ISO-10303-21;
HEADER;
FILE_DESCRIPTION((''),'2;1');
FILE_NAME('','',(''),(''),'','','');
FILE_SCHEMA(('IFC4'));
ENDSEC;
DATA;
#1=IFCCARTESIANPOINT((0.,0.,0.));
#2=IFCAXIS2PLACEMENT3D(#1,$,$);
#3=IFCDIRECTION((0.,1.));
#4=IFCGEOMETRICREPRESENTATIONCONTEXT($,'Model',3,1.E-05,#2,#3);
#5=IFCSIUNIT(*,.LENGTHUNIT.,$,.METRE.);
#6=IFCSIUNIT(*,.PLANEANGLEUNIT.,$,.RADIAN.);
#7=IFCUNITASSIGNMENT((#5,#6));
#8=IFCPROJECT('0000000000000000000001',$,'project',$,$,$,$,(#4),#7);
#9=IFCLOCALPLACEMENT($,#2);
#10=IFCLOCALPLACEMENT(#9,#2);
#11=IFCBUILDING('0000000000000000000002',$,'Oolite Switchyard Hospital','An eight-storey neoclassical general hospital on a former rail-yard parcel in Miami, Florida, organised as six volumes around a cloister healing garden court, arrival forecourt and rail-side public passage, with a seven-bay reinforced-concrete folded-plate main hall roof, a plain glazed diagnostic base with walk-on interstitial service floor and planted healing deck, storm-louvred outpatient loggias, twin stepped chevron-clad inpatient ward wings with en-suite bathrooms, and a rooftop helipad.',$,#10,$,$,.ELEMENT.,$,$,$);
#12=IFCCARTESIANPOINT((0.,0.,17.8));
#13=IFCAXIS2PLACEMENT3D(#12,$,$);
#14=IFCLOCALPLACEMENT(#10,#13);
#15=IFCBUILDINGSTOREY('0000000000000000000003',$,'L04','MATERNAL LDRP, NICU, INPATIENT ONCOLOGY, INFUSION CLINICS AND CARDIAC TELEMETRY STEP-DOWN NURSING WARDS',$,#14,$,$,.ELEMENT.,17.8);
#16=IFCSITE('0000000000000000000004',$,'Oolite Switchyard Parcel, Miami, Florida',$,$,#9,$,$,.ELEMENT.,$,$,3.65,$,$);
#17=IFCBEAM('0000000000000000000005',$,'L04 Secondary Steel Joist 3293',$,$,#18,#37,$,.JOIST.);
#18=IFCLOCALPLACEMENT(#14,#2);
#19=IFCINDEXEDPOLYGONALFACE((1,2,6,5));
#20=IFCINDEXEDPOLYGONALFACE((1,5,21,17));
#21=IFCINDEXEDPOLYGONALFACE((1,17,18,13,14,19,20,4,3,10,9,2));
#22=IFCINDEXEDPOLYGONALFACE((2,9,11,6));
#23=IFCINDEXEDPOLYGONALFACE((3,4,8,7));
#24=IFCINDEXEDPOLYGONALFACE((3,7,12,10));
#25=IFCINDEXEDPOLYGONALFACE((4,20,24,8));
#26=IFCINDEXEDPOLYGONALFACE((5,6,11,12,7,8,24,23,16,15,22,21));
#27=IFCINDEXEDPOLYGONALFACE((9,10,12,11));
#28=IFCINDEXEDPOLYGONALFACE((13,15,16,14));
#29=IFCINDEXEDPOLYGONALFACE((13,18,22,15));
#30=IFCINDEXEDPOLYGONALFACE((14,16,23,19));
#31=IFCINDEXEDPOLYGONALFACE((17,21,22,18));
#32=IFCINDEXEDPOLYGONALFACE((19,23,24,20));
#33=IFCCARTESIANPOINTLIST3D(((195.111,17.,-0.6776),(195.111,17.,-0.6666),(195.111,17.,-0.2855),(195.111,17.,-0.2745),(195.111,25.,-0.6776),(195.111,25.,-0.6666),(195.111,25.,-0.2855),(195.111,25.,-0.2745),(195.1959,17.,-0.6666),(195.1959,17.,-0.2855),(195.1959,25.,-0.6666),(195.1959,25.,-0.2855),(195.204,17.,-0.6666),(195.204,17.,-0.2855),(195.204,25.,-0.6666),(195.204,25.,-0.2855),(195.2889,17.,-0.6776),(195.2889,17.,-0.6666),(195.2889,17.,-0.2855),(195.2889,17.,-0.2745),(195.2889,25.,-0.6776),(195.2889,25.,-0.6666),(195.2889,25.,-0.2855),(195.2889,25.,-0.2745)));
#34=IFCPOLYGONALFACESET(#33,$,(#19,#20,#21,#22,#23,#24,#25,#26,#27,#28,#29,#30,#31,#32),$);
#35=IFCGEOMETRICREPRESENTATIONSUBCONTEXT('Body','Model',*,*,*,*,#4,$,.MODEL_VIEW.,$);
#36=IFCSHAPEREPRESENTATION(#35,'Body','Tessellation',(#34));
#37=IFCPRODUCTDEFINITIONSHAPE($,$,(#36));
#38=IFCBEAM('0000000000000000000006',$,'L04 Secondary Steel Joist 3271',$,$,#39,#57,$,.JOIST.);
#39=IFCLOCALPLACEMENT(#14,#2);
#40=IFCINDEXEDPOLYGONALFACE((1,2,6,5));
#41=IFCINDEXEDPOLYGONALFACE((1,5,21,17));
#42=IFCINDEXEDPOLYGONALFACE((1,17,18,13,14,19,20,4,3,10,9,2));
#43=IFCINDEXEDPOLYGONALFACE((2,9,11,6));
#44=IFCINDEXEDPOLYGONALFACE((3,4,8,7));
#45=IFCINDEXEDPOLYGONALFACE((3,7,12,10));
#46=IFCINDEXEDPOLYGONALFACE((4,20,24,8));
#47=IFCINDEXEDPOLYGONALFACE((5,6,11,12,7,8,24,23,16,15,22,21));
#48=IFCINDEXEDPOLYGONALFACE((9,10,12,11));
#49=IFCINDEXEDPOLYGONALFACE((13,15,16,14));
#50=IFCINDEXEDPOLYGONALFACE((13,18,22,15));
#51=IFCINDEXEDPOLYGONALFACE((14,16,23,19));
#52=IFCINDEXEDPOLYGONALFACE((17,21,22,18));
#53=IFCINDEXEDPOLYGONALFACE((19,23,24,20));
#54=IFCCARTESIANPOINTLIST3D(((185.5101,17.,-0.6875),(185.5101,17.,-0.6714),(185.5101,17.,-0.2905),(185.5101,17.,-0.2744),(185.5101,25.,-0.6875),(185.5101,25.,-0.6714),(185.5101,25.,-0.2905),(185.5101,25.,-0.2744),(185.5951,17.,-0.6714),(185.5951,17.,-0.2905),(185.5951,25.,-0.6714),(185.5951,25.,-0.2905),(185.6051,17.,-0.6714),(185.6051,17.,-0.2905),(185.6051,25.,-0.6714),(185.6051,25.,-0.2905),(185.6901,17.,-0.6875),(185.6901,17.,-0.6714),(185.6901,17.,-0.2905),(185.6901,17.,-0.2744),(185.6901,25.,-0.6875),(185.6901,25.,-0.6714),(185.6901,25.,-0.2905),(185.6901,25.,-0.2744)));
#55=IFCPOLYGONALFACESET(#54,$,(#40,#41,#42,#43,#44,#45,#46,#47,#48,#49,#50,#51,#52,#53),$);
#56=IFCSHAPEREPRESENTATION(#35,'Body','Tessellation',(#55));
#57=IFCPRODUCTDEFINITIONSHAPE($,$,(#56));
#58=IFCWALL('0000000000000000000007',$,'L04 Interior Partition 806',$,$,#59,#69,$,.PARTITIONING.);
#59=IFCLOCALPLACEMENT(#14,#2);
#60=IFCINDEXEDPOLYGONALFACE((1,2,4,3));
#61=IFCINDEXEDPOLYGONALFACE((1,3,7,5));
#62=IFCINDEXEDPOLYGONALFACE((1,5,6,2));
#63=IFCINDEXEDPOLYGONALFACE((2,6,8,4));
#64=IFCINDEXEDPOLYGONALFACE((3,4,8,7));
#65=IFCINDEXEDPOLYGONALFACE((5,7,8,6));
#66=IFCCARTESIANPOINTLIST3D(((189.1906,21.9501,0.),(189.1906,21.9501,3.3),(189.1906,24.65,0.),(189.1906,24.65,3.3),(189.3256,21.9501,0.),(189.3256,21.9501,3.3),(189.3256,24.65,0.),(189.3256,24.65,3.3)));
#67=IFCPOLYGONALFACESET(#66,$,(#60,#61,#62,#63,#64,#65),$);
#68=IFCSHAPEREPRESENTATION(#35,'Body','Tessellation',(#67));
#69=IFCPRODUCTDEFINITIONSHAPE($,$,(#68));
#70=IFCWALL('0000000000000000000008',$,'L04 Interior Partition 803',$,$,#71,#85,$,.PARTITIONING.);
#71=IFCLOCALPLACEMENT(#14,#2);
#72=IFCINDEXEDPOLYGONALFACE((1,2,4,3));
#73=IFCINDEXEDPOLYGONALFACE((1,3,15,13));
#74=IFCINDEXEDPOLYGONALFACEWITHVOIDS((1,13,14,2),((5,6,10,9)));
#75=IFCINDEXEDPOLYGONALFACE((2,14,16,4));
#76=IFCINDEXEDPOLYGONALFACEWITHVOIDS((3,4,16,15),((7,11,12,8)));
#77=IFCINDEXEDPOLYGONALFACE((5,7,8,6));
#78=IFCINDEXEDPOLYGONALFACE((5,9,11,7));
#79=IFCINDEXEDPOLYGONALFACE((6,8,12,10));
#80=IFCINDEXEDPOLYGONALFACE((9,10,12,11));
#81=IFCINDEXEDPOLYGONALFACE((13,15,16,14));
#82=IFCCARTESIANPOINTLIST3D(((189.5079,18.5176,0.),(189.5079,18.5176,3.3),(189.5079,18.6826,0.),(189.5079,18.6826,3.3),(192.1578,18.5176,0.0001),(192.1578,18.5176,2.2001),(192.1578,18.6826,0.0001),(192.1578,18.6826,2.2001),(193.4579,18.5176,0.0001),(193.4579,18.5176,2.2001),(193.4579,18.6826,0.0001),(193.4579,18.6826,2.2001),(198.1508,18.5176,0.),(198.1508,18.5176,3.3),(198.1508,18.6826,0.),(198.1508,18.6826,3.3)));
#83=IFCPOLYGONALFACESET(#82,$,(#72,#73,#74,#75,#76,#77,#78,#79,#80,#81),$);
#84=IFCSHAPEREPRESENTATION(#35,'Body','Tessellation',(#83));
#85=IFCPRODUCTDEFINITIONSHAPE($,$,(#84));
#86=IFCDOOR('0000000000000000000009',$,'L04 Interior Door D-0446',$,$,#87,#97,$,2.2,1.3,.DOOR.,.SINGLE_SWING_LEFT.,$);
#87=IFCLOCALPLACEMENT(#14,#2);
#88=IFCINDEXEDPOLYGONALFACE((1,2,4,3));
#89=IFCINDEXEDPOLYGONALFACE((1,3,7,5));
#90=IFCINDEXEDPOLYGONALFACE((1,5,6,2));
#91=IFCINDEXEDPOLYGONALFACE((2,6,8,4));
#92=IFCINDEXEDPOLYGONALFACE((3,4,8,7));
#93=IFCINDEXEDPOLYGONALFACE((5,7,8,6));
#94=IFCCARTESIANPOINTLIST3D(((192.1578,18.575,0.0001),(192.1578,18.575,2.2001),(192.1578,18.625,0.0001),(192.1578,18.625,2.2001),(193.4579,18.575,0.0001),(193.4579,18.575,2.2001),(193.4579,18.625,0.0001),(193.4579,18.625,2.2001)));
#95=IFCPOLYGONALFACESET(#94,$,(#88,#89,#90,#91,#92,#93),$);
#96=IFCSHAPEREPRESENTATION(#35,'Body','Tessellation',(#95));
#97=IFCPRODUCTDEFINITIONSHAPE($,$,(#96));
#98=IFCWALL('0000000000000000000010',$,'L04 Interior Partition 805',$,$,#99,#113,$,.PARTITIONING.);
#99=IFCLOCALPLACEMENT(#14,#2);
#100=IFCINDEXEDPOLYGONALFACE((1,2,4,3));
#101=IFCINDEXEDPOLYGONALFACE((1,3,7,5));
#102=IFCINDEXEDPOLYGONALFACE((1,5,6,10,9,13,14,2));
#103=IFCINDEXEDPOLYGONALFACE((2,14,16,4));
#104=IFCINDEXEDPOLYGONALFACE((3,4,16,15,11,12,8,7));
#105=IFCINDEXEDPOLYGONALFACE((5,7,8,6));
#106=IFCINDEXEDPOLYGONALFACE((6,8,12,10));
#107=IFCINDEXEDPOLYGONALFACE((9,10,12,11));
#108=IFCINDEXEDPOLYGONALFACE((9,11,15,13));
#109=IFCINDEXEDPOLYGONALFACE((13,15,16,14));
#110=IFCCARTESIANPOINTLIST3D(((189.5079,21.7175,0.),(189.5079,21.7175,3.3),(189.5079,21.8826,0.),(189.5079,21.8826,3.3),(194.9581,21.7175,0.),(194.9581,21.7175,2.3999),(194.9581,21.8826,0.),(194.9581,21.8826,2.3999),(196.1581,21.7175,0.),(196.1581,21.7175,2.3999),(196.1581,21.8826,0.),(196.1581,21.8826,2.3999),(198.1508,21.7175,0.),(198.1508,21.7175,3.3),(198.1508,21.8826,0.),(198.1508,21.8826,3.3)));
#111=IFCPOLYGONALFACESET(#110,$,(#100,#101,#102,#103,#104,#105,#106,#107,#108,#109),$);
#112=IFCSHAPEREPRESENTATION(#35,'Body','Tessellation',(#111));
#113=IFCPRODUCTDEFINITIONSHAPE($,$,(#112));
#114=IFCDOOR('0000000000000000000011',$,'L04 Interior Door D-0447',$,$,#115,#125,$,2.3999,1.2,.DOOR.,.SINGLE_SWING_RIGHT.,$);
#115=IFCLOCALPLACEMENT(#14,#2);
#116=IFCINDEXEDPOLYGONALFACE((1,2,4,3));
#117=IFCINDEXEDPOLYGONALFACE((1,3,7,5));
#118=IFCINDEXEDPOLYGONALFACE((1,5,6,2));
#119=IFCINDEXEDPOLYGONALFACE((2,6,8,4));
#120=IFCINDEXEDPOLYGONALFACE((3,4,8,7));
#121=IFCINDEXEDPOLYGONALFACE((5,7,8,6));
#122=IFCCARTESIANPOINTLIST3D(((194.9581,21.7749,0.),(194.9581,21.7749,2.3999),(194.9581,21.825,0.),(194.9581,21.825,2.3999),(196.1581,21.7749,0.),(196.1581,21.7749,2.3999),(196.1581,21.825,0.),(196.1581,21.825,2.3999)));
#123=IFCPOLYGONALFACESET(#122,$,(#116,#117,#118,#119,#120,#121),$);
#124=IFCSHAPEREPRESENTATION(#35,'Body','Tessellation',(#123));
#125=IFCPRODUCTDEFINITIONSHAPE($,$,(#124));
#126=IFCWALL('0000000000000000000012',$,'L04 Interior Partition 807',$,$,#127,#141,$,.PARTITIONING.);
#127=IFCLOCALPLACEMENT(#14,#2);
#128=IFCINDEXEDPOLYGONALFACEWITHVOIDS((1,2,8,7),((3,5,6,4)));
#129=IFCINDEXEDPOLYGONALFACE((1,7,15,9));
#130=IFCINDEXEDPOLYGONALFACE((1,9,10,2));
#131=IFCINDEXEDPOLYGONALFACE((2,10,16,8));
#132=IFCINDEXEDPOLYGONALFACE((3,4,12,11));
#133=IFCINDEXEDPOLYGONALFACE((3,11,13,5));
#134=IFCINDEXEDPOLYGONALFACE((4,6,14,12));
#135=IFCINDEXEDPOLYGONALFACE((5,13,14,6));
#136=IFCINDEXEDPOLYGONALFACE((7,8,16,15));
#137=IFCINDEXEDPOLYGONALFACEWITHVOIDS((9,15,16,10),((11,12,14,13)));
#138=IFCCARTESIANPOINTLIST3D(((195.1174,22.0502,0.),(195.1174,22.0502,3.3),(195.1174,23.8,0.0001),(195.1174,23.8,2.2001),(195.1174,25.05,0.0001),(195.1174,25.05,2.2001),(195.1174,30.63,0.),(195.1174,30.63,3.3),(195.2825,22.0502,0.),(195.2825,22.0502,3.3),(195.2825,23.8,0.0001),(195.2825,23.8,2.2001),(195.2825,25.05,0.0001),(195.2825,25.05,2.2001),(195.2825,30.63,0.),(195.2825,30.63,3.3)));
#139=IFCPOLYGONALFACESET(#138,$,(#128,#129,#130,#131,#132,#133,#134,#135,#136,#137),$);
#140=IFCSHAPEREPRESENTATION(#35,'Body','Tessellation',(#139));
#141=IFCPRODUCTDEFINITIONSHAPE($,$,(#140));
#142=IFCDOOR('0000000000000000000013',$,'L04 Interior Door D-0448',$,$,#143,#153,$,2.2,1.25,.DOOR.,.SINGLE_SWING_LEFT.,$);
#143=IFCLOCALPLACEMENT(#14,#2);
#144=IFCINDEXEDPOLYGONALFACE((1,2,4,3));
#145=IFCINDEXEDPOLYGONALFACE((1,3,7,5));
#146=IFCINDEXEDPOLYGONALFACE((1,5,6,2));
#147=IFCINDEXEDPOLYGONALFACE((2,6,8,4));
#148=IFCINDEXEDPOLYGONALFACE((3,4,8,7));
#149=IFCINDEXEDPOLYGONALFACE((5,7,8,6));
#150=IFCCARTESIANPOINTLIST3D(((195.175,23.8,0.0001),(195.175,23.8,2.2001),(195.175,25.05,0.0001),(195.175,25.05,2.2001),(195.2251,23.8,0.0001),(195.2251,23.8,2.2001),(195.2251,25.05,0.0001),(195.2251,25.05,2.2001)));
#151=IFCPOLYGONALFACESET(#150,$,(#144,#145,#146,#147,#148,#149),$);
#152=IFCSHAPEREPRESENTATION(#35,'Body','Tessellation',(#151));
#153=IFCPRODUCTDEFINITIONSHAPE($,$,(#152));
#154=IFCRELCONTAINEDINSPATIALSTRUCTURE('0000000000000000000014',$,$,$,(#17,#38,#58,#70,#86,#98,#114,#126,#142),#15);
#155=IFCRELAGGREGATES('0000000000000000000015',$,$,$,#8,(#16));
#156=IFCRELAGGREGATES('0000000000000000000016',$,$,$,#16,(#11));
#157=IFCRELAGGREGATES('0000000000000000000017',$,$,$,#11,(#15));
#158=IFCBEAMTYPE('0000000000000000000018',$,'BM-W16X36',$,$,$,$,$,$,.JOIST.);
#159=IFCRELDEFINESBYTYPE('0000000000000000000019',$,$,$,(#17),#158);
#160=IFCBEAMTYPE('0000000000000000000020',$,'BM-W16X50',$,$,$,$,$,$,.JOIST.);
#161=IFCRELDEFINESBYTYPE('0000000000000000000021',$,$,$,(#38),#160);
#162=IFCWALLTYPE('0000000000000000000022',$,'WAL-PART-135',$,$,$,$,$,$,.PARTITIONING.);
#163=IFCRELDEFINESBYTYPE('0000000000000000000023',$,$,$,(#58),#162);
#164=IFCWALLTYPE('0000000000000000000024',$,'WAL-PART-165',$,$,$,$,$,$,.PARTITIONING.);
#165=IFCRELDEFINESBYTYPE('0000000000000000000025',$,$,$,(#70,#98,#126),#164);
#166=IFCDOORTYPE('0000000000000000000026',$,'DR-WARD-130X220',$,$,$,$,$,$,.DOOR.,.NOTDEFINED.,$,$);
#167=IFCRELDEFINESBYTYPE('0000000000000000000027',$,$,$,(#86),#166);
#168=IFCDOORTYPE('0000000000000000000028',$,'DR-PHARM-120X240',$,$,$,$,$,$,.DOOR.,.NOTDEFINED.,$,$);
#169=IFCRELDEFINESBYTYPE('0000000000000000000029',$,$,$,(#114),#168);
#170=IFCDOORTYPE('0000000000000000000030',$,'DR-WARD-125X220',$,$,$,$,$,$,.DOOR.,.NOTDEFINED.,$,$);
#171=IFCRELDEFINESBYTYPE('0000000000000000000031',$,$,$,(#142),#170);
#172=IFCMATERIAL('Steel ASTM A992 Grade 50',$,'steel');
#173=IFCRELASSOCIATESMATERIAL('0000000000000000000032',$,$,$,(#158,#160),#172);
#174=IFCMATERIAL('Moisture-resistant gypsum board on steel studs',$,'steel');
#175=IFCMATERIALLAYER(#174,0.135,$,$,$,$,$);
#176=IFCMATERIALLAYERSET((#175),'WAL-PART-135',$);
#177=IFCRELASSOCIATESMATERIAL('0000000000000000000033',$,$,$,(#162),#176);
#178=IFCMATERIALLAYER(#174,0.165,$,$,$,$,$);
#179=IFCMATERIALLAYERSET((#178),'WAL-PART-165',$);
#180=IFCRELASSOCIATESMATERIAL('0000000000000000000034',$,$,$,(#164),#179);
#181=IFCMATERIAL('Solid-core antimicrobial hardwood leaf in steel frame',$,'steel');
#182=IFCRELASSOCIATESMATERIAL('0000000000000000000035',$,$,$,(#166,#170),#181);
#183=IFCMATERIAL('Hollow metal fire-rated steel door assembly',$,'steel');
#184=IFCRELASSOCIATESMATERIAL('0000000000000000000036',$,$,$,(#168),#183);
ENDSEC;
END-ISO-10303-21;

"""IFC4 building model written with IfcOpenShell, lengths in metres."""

from ifc_helpers import new_model, si_unit, direction, frame, frame_2d, origin, origin_2d, place, context, subcontext, project, spatial, rectangle, i_section, extrude, material, layer, layer_set, material_profile, profile_set, type_object, element, fill, save


model = new_model("IFC4")

# Units and contexts
model_context = context("Model", 3, precision=1e-05, world=origin(), true_north=direction((0.0, 1.0)))
body_context = subcontext(model_context, "Body", "Model", "MODEL_VIEW")
ifc_project = project(units=[si_unit("LENGTHUNIT", "METRE"), si_unit("PLANEANGLEUNIT", "RADIAN")], contexts=[model_context])

# Site, building, storey
site_placement = place(None, origin())
site = spatial("IfcSite", under=ifc_project, at=site_placement, Name="Oolite Switchyard Parcel, Miami, Florida", CompositionType="ELEMENT", RefElevation=3.65)
building_placement = place(site_placement, origin())
building = spatial("IfcBuilding", under=site, at=building_placement, Name="Oolite Switchyard Hospital", Description="An eight-storey neoclassical general hospital on a former rail-yard parcel in Miami, Florida, organised as six volumes around a cloister healing garden court, arrival forecourt and rail-side public passage, with a seven-bay reinforced-concrete folded-plate main hall roof, a plain glazed diagnostic base with walk-on interstitial service floor and planted healing deck, storm-louvred outpatient loggias, twin stepped chevron-clad inpatient ward wings with en-suite bathrooms, and a rooftop helipad.", CompositionType="ELEMENT")
storey_placement = place(building_placement, frame((0.0, 0.0, 17.8)))
storey = spatial("IfcBuildingStorey", under=building, at=storey_placement, Name="L04", Description="MATERNAL LDRP, NICU, INPATIENT ONCOLOGY, INFUSION CLINICS AND CARDIAC TELEMETRY STEP-DOWN NURSING WARDS", CompositionType="ELEMENT", Elevation=17.8)

# Beams
ifc_material_1 = material(Name="Steel ASTM A992 Grade 50", Category="steel")
ifc_material_profile_1 = material_profile(ifc_material_1, i_section(OverallWidth=0.178, OverallDepth=0.4031, WebThickness=0.0081, FlangeThickness=0.011, at=origin_2d()), Name="W16X36")
ifc_profile_set_1 = profile_set([ifc_material_profile_1], Name="Steel ASTM A992 Grade 50")
beam_type_1 = type_object("IfcBeamType", Name="BM-W16X36", PredefinedType="JOIST", material=ifc_profile_set_1)
for number, where, z_axis, x_axis, name in (
    (1, (195.2, 17.0, -0.4761), (0.0, 1.0, 0.0), (-1.0, 0.0, 0.0), "L04 Secondary Steel Joist 3293"),
):
    element("IfcBeam", number, at=place(storey_placement, frame(where, z_axis=z_axis, x_axis=x_axis)), inside=storey, type_object=beam_type_1, Name=name, PredefinedType="JOIST", context=body_context, shape_type="SweptSolid", body=[
        extrude(i_section(OverallWidth=0.178, OverallDepth=0.4031, WebThickness=0.0081, FlangeThickness=0.011, at=origin_2d()), origin(), (0.0, 0.0, 1.0), 8.0),
    ])
ifc_material_profile_2 = material_profile(ifc_material_1, i_section(OverallWidth=0.1799, OverallDepth=0.4131, WebThickness=0.01, FlangeThickness=0.0161, at=origin_2d()), Name="W16X50")
ifc_profile_set_2 = profile_set([ifc_material_profile_2], Name="Steel ASTM A992 Grade 50")
beam_type_2 = type_object("IfcBeamType", Name="BM-W16X50", PredefinedType="JOIST", material=ifc_profile_set_2)
beam_1_placement = place(storey_placement, frame((185.6001, 17.0, -0.481), z_axis=(0.0, 1.0, 0.0), x_axis=(-1.0, 0.0, 0.0)))
element("IfcBeam", 2, at=beam_1_placement, inside=storey, type_object=beam_type_2, Name="L04 Secondary Steel Joist 3271", PredefinedType="JOIST", context=body_context, shape_type="SweptSolid", body=[
    extrude(i_section(OverallWidth=0.1799, OverallDepth=0.4131, WebThickness=0.01, FlangeThickness=0.0161, at=origin_2d()), origin(), (0.0, 0.0, 1.0), 8.0),
])

# Wall
ifc_material_2 = material(Name="Moisture-resistant gypsum board on steel studs", Category="steel")
ifc_layer_1 = layer(ifc_material_2, 0.135)
ifc_layer_set_1 = layer_set([ifc_layer_1], Name="WAL-PART-135")
wall_type_1 = type_object("IfcWallType", Name="WAL-PART-135", PredefinedType="PARTITIONING", material=ifc_layer_set_1)
wall_1_placement = place(storey_placement, frame((189.2581, 21.95, 0.0), z_axis=(0.0, 0.0, 1.0), x_axis=(0.0, 1.0, 0.0)))
element("IfcWall", 3, at=wall_1_placement, inside=storey, type_object=wall_type_1, Name="L04 Interior Partition 806", PredefinedType="PARTITIONING", context=body_context, shape_type="SweptSolid", body=[
    extrude(rectangle(XDim=2.7, YDim=0.135, at=frame_2d((1.3501, 0.0))), origin(), (0.0, 0.0, 1.0), 3.3),
])

# Walls, openings, doors
ifc_layer_2 = layer(ifc_material_2, 0.165)
ifc_layer_set_2 = layer_set([ifc_layer_2], Name="WAL-PART-165")
wall_type_2 = type_object("IfcWallType", Name="WAL-PART-165", PredefinedType="PARTITIONING", material=ifc_layer_set_2)
wall_2_placement = place(storey_placement, frame((189.5081, 18.6001, 0.0), z_axis=(0.0, 0.0, 1.0), x_axis=(1.0, 0.0, 0.0)))
wall_2 = element("IfcWall", 4, at=wall_2_placement, inside=storey, type_object=wall_type_2, Name="L04 Interior Partition 803", PredefinedType="PARTITIONING", context=body_context, shape_type="SweptSolid", body=[
    extrude(rectangle(XDim=8.6428, YDim=0.165, at=frame_2d((4.3213, 0.0))), origin(), (0.0, 0.0, 1.0), 3.3),
])
opening_1_placement = place(wall_2_placement, frame((2.6499, 0.0, 0.0)))
opening_1 = element("IfcOpeningElement", 5, at=opening_1_placement, cuts=wall_2, PredefinedType="OPENING", context=body_context, shape_type="SweptSolid", body=[
    extrude(rectangle(XDim=1.3, YDim=2.2, at=frame_2d((0.6499, 1.1001))), frame((0.0, 0.0925, 0.0), z_axis=(0.0, -1.0, 0.0), x_axis=(1.0, 0.0, 0.0)), (0.0, 0.0, 1.0), 0.1851),
])
ifc_material_3 = material(Name="Solid-core antimicrobial hardwood leaf in steel frame", Category="steel")
door_type_1 = type_object("IfcDoorType", Name="DR-WARD-130X220", OperationType="NOTDEFINED", PredefinedType="DOOR", material=ifc_material_3)
door_1_placement = place(opening_1_placement, origin())
door_1 = element("IfcDoor", 6, at=door_1_placement, inside=storey, type_object=door_type_1, Name="L04 Interior Door D-0446", OperationType="SINGLE_SWING_LEFT", OverallHeight=2.2, OverallWidth=1.3, PredefinedType="DOOR", context=body_context, shape_type="SweptSolid", body=[
    extrude(rectangle(XDim=1.3, YDim=2.2, at=frame_2d((0.6499, 1.1001))), frame((0.0, 0.0249, 0.0), z_axis=(0.0, -1.0, 0.0), x_axis=(1.0, 0.0, 0.0)), (0.0, 0.0, 1.0), 0.05),
])
fill(opening_1, door_1)
wall_3_placement = place(storey_placement, frame((189.5081, 21.8, 0.0), z_axis=(0.0, 0.0, 1.0), x_axis=(1.0, 0.0, 0.0)))
wall_3 = element("IfcWall", 7, at=wall_3_placement, inside=storey, type_object=wall_type_2, Name="L04 Interior Partition 805", PredefinedType="PARTITIONING", context=body_context, shape_type="SweptSolid", body=[
    extrude(rectangle(XDim=8.6428, YDim=0.165, at=frame_2d((4.3213, 0.0))), origin(), (0.0, 0.0, 1.0), 3.3),
])
opening_2_placement = place(wall_3_placement, frame((5.45, 0.0, 0.0)))
opening_2 = element("IfcOpeningElement", 8, at=opening_2_placement, cuts=wall_3, PredefinedType="OPENING", context=body_context, shape_type="SweptSolid", body=[
    extrude(rectangle(XDim=1.2, YDim=2.3999, at=frame_2d((0.6001, 1.2))), frame((0.0, 0.0925, 0.0), z_axis=(0.0, -1.0, 0.0), x_axis=(1.0, 0.0, 0.0)), (0.0, 0.0, 1.0), 0.1851),
])
ifc_material_4 = material(Name="Hollow metal fire-rated steel door assembly", Category="steel")
door_type_2 = type_object("IfcDoorType", Name="DR-PHARM-120X240", OperationType="NOTDEFINED", PredefinedType="DOOR", material=ifc_material_4)
door_2_placement = place(opening_2_placement, origin())
door_2 = element("IfcDoor", 9, at=door_2_placement, inside=storey, type_object=door_type_2, Name="L04 Interior Door D-0447", OperationType="SINGLE_SWING_RIGHT", OverallHeight=2.3999, OverallWidth=1.2, PredefinedType="DOOR", context=body_context, shape_type="SweptSolid", body=[
    extrude(rectangle(XDim=1.2, YDim=2.3999, at=frame_2d((0.6001, 1.2))), frame((0.0, 0.0249, 0.0), z_axis=(0.0, -1.0, 0.0), x_axis=(1.0, 0.0, 0.0)), (0.0, 0.0, 1.0), 0.05),
])
fill(opening_2, door_2)
wall_4_placement = place(storey_placement, frame((195.2, 22.05, 0.0), z_axis=(0.0, 0.0, 1.0), x_axis=(0.0, 1.0, 0.0)))
wall_4 = element("IfcWall", 10, at=wall_4_placement, inside=storey, type_object=wall_type_2, Name="L04 Interior Partition 807", PredefinedType="PARTITIONING", context=body_context, shape_type="SweptSolid", body=[
    extrude(rectangle(XDim=8.5798, YDim=0.165, at=frame_2d((4.29, 0.0))), origin(), (0.0, 0.0, 1.0), 3.3),
])
opening_3_placement = place(wall_4_placement, frame((1.75, 0.0, 0.0)))
opening_3 = element("IfcOpeningElement", 11, at=opening_3_placement, cuts=wall_4, PredefinedType="OPENING", context=body_context, shape_type="SweptSolid", body=[
    extrude(rectangle(XDim=1.25, YDim=2.2, at=frame_2d((0.625, 1.1001))), frame((0.0, 0.0925, 0.0), z_axis=(0.0, -1.0, 0.0), x_axis=(1.0, 0.0, 0.0)), (0.0, 0.0, 1.0), 0.1851),
])
door_type_3 = type_object("IfcDoorType", Name="DR-WARD-125X220", OperationType="NOTDEFINED", PredefinedType="DOOR", material=ifc_material_3)
door_3_placement = place(opening_3_placement, origin())
door_3 = element("IfcDoor", 12, at=door_3_placement, inside=storey, type_object=door_type_3, Name="L04 Interior Door D-0448", OperationType="SINGLE_SWING_LEFT", OverallHeight=2.2, OverallWidth=1.25, PredefinedType="DOOR", context=body_context, shape_type="SweptSolid", body=[
    extrude(rectangle(XDim=1.25, YDim=2.2, at=frame_2d((0.625, 1.1001))), frame((0.0, 0.0249, 0.0), z_axis=(0.0, -1.0, 0.0), x_axis=(1.0, 0.0, 0.0)), (0.0, 0.0, 1.0), 0.05),
])
fill(opening_3, door_3)

save(model, "model.ifc")
